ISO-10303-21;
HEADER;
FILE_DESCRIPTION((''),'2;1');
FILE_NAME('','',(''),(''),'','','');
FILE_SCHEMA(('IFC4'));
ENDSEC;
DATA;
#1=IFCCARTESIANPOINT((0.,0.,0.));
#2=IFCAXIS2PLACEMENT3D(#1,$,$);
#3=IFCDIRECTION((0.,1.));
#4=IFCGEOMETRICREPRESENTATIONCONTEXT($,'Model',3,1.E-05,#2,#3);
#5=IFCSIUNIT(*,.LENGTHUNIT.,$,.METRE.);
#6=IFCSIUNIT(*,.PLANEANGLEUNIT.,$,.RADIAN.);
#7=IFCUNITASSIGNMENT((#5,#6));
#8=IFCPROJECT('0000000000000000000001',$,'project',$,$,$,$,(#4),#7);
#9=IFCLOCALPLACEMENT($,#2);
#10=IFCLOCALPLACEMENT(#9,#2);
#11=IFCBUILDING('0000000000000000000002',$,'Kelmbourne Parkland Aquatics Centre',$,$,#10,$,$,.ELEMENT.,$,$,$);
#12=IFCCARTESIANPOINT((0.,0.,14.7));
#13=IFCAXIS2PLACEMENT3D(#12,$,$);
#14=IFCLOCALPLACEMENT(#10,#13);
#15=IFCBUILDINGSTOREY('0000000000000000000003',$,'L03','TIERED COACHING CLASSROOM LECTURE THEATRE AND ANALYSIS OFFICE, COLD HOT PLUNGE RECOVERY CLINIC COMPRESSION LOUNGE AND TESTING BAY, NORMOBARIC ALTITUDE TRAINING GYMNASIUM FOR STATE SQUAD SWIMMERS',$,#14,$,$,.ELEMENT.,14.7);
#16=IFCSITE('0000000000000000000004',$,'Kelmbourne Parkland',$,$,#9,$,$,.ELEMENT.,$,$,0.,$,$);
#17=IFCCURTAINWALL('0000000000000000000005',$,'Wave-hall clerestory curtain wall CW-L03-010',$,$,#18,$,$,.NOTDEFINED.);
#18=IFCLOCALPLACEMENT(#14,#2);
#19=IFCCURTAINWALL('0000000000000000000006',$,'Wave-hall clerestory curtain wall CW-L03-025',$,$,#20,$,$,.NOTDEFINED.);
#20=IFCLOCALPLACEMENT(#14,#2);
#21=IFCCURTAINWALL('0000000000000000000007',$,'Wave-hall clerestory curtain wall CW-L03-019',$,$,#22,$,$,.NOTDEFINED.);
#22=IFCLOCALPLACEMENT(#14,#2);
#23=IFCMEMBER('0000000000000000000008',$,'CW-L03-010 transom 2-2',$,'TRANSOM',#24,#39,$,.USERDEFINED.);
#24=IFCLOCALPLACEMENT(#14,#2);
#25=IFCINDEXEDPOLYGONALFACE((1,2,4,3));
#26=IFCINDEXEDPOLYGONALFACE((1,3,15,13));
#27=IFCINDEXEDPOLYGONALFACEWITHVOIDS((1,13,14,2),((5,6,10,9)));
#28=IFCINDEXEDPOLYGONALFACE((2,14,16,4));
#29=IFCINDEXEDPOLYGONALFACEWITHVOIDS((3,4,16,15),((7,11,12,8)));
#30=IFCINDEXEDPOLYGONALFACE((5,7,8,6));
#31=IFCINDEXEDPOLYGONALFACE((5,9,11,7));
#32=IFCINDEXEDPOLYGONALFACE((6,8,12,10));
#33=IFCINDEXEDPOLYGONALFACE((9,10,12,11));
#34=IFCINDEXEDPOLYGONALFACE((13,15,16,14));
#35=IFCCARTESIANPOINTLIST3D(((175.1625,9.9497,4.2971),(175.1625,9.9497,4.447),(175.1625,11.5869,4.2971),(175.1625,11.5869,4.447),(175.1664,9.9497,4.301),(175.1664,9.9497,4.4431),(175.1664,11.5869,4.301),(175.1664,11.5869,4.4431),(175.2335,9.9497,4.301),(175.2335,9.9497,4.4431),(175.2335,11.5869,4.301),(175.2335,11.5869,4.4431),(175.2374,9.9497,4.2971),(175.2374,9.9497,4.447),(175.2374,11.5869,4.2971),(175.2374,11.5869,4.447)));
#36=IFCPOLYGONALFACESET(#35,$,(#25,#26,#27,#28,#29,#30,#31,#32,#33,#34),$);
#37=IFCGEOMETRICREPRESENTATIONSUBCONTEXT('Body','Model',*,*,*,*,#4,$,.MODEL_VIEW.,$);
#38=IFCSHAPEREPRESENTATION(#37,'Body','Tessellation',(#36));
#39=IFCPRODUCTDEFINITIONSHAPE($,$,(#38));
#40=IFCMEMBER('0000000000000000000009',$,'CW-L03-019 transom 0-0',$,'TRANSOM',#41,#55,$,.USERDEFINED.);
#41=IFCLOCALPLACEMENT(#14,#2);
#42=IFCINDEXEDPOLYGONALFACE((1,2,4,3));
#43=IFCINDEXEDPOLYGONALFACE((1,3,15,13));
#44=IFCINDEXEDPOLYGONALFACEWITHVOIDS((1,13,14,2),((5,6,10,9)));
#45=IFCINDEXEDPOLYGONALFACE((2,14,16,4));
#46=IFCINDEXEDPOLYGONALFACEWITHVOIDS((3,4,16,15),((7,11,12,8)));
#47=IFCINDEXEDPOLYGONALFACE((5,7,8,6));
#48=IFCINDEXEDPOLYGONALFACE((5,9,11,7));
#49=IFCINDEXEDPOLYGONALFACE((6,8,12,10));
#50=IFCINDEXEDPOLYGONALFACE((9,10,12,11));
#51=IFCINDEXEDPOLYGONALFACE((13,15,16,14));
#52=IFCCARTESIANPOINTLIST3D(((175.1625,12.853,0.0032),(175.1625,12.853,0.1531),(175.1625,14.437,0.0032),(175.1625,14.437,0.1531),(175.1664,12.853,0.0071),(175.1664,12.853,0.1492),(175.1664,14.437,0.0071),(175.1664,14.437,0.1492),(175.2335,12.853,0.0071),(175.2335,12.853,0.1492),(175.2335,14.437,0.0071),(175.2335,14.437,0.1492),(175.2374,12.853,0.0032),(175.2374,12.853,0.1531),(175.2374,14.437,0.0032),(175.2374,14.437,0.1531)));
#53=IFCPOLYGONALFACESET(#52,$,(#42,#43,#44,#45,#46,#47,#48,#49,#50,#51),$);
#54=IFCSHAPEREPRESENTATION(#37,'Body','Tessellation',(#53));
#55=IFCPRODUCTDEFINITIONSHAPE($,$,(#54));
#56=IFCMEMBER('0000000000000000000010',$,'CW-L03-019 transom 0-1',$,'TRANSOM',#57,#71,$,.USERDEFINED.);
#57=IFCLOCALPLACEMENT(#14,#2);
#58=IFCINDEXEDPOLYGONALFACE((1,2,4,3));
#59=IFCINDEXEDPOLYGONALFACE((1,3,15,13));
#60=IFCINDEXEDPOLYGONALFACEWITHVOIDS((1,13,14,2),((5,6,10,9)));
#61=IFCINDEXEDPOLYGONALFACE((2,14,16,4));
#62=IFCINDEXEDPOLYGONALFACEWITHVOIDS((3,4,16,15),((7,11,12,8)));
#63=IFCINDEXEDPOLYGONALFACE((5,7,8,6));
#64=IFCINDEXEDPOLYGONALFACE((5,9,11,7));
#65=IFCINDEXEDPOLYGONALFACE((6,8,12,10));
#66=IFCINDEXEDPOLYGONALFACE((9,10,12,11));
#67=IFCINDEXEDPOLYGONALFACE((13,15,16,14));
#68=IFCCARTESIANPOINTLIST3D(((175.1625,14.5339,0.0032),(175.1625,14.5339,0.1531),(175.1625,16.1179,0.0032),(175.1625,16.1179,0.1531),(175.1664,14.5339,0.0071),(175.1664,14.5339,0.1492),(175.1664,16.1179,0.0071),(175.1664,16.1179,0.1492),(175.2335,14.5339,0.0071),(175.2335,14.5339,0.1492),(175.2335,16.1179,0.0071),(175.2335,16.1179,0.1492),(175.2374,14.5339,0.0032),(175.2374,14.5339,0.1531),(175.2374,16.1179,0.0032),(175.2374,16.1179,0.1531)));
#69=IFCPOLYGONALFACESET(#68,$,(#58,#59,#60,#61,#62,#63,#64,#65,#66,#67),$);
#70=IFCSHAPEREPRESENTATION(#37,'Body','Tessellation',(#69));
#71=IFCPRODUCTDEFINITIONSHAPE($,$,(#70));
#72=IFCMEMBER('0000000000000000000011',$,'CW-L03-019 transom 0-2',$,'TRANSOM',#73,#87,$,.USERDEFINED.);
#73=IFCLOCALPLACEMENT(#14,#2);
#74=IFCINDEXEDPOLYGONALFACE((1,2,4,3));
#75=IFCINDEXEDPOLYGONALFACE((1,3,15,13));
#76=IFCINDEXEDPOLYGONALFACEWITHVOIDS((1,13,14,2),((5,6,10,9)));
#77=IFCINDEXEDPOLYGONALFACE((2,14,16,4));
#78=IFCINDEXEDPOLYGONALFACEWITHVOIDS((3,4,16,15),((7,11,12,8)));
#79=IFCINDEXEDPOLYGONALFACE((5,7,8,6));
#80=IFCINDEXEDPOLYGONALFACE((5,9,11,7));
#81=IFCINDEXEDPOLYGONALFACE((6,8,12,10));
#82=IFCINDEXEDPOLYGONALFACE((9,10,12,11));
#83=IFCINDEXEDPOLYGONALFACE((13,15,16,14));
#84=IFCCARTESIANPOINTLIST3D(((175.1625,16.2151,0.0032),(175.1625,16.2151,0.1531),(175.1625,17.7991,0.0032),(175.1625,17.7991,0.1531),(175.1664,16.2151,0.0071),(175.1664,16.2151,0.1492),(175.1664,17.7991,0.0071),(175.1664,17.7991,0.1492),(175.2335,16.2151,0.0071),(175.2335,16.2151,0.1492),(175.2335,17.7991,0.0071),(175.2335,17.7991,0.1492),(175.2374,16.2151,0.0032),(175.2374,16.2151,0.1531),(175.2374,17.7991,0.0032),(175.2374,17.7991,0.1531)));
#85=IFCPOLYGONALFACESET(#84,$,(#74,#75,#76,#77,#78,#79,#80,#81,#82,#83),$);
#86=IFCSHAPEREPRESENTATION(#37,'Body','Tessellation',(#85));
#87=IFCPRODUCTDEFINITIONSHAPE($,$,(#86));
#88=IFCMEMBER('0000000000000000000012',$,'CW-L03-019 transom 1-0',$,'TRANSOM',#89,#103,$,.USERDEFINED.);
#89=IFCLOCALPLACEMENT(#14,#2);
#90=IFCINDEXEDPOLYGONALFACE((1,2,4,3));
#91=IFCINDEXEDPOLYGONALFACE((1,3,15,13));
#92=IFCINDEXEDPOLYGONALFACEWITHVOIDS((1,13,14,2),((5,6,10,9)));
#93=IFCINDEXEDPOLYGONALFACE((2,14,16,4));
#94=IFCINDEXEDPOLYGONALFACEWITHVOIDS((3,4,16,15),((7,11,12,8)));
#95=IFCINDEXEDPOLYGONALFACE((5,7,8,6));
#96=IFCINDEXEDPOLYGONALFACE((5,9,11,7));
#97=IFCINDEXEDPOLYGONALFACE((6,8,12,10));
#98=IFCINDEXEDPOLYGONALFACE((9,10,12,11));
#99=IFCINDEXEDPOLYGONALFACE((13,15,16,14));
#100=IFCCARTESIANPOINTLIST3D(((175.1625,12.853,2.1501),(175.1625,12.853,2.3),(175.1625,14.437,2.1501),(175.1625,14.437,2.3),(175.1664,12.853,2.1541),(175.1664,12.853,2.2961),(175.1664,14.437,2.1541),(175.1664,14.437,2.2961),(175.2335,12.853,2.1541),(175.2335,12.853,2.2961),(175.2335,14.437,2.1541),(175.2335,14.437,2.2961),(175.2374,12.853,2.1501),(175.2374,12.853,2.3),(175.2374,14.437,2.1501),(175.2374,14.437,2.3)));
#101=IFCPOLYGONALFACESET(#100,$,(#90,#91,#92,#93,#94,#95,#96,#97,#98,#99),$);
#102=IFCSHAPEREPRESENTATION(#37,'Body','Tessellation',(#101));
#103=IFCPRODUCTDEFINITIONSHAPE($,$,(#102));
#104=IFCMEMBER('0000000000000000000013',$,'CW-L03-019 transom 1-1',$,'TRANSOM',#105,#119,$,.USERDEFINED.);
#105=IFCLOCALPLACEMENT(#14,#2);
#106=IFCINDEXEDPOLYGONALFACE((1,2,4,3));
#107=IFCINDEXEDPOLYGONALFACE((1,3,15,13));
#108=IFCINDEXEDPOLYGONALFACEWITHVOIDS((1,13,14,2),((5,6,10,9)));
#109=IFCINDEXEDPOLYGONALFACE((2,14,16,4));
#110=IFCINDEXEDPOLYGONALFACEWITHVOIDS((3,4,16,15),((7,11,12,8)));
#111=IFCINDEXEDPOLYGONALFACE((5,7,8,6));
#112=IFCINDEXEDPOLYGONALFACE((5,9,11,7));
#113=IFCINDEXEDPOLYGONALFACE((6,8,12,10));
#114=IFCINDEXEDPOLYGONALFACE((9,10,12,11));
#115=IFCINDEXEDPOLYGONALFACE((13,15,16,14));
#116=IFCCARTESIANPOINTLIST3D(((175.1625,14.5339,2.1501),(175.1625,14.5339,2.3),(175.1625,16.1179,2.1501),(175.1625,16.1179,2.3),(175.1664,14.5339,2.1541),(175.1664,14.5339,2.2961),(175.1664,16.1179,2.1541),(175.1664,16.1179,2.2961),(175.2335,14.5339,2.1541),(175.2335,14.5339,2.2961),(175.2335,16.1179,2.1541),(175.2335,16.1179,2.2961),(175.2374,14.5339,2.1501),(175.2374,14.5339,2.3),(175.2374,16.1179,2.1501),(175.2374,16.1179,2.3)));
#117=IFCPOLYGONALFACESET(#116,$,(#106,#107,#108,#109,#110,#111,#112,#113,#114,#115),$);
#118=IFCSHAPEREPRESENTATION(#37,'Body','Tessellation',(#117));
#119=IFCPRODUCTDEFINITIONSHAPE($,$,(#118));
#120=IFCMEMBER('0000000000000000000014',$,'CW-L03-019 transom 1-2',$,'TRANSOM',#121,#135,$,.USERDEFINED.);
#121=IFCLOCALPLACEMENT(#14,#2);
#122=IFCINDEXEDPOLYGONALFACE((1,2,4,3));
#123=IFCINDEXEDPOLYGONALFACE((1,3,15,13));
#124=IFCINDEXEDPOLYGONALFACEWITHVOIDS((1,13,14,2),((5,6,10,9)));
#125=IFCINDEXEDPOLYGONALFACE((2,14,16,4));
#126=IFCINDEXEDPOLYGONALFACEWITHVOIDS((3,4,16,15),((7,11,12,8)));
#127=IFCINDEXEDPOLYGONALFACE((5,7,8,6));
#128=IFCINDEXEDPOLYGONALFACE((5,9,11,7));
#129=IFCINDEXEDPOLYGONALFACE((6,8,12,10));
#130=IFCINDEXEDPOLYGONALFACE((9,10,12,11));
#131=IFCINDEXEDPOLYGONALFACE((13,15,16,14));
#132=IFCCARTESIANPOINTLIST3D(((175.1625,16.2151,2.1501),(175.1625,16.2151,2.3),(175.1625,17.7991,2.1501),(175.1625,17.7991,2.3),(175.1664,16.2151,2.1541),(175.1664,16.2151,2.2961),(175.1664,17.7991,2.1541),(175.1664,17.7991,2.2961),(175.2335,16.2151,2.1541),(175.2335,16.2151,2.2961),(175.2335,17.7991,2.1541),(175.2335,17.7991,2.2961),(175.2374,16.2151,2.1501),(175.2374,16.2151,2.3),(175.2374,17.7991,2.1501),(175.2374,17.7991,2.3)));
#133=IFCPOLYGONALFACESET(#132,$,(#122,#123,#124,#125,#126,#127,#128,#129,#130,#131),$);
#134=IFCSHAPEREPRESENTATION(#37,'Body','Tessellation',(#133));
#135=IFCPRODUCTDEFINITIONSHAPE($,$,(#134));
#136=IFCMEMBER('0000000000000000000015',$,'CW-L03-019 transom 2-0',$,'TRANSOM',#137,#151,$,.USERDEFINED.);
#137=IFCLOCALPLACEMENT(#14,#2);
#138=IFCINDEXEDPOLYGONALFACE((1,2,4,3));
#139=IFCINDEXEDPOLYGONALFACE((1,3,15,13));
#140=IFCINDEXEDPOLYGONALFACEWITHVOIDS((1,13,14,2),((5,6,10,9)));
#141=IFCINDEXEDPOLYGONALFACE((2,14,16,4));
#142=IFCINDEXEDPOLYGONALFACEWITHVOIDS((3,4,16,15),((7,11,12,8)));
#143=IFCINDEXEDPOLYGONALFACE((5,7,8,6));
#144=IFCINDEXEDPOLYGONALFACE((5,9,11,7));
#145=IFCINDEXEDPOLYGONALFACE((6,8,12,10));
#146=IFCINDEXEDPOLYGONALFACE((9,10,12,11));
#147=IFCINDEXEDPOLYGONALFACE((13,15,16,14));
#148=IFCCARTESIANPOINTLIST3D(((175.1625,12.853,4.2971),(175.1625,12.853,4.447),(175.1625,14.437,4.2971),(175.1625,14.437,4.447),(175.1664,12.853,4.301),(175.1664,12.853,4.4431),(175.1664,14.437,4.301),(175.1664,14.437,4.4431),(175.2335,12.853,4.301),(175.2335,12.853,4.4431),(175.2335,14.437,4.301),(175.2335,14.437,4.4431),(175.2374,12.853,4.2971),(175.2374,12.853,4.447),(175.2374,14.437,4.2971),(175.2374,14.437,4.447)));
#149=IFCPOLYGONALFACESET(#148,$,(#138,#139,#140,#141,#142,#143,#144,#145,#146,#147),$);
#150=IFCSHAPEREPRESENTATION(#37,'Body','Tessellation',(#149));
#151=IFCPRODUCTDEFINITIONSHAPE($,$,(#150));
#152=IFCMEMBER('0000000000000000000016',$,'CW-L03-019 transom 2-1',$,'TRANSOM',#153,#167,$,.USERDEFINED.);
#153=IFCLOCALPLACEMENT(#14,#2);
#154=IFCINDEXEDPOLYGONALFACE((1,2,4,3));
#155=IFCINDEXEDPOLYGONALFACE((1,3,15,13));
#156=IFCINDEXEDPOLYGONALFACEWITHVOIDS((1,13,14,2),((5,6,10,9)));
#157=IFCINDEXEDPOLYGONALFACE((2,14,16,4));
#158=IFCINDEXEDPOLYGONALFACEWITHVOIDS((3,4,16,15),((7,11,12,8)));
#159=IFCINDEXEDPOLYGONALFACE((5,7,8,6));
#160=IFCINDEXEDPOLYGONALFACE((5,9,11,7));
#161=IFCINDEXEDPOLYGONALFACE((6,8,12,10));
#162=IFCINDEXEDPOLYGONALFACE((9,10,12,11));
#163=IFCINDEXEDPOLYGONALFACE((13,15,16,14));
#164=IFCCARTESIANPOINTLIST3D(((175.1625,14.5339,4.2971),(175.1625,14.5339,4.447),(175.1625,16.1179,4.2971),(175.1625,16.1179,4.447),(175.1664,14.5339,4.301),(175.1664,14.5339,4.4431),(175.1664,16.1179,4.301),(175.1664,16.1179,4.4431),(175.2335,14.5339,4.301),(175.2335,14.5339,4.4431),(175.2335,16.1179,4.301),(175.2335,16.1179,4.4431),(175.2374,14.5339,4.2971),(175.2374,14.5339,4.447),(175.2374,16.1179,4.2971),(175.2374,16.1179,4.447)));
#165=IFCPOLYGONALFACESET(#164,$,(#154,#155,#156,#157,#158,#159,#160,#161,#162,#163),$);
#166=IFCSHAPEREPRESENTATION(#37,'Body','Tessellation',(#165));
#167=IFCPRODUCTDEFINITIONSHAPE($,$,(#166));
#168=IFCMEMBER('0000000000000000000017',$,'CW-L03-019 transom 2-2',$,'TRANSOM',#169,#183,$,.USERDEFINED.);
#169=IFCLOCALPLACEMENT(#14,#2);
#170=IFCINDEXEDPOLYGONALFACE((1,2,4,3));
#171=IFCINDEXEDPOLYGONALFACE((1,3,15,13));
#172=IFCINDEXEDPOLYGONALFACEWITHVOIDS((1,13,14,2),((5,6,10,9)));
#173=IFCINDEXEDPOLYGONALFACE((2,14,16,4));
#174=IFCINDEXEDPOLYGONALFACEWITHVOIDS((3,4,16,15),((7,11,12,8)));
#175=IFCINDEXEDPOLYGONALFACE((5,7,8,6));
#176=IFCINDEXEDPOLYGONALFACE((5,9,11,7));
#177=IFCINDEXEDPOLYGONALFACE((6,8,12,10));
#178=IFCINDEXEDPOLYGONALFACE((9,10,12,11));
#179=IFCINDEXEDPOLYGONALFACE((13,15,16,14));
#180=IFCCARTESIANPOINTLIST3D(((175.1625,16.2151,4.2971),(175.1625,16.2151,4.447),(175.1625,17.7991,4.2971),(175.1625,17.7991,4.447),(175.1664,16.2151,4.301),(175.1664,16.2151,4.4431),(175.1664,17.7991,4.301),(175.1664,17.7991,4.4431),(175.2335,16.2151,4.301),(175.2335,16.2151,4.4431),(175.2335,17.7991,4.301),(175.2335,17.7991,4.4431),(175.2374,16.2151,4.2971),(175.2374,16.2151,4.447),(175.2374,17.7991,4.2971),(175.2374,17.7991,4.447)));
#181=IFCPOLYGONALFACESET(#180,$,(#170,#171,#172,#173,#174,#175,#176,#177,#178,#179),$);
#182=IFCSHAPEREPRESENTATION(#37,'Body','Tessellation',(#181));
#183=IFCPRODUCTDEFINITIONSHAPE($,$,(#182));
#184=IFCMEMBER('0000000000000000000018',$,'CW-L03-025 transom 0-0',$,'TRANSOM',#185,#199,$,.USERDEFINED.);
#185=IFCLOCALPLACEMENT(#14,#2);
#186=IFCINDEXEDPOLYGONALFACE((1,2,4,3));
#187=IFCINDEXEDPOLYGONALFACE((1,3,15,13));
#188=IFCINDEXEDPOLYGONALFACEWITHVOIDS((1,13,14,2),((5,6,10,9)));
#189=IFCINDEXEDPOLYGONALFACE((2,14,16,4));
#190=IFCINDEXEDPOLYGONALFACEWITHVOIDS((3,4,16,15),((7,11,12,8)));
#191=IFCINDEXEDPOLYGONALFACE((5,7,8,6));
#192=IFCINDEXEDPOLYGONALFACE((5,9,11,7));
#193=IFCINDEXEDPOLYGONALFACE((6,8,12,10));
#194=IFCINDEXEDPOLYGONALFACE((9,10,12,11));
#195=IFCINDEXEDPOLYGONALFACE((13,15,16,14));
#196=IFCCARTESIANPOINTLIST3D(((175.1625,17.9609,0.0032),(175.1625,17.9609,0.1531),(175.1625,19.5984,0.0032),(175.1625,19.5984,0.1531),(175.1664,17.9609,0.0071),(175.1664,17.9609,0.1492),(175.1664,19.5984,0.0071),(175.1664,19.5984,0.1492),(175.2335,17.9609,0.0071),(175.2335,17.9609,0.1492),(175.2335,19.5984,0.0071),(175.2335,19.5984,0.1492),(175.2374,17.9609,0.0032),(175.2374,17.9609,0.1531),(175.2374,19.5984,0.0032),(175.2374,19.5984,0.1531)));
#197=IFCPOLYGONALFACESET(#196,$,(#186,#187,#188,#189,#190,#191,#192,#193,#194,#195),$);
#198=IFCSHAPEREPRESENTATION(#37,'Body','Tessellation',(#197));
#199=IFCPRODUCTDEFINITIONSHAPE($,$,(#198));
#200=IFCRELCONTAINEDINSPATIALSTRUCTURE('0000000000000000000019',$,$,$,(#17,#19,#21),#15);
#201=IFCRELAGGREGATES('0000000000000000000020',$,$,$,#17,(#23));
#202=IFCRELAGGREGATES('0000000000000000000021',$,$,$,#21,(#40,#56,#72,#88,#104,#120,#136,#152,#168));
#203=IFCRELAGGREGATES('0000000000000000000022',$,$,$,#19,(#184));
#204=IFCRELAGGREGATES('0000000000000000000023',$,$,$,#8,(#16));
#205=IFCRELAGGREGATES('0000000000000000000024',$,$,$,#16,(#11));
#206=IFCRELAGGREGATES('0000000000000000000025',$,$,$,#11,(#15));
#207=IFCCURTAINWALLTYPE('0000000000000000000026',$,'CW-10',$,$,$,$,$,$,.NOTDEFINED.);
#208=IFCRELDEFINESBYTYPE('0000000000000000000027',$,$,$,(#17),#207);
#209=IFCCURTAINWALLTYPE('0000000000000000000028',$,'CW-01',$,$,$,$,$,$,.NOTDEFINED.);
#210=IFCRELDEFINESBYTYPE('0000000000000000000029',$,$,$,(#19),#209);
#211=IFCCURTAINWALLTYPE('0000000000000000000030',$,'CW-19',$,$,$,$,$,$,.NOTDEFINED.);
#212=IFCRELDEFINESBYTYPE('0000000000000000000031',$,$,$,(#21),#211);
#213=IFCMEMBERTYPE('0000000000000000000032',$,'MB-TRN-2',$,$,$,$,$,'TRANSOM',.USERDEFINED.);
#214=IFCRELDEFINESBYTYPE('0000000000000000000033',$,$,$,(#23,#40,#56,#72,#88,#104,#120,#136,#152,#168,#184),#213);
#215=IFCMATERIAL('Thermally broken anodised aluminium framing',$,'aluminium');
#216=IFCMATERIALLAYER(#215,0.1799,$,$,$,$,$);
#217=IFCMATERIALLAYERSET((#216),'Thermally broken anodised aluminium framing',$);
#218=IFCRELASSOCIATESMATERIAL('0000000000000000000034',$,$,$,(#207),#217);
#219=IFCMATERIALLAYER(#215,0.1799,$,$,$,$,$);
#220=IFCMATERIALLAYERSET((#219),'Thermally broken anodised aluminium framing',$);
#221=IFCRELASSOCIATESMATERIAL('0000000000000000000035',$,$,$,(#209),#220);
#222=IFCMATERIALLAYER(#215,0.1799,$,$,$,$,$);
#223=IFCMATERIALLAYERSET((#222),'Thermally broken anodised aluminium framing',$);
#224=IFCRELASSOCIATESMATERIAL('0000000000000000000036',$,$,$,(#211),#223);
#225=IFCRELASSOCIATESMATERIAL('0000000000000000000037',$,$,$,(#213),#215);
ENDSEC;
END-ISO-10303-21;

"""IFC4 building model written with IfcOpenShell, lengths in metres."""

from ifc_helpers import new_model, si_unit, direction, frame, origin, origin_2d, place, context, subcontext, project, spatial, hollow_rectangle, extrude, material, layer, layer_set, material_profile, profile_set, type_object, element, aggregate, save


model = new_model("IFC4")

# Units and contexts
model_context = context("Model", 3, precision=1e-05, world=origin(), true_north=direction((0.0, 1.0)))
body_context = subcontext(model_context, "Body", "Model", "MODEL_VIEW")
ifc_project = project(units=[si_unit("LENGTHUNIT", "METRE"), si_unit("PLANEANGLEUNIT", "RADIAN")], contexts=[model_context])

# Site, building, storey
site_placement = place(None, origin())
site = spatial("IfcSite", under=ifc_project, at=site_placement, Name="Kelmbourne Parkland", CompositionType="ELEMENT", RefElevation=0.0)
building_placement = place(site_placement, origin())
building = spatial("IfcBuilding", under=site, at=building_placement, Name="Kelmbourne Parkland Aquatics Centre", CompositionType="ELEMENT")
storey_placement = place(building_placement, frame((0.0, 0.0, 14.7)))
storey = spatial("IfcBuildingStorey", under=building, at=storey_placement, Name="L03", Description="TIERED COACHING CLASSROOM LECTURE THEATRE AND ANALYSIS OFFICE, COLD HOT PLUNGE RECOVERY CLINIC COMPRESSION LOUNGE AND TESTING BAY, NORMOBARIC ALTITUDE TRAINING GYMNASIUM FOR STATE SQUAD SWIMMERS", CompositionType="ELEMENT", Elevation=14.7)

# Curtain walls
ifc_material_1 = material(Name="Thermally broken anodised aluminium framing", Category="aluminium")
ifc_layer_1 = layer(ifc_material_1, 0.1799)
ifc_layer_set_1 = layer_set([ifc_layer_1], Name="Thermally broken anodised aluminium framing")
curtain_wall_type_1 = type_object("IfcCurtainWallType", Name="CW-10", PredefinedType="NOTDEFINED", material=ifc_layer_set_1)
curtain_wall_1_placement = place(storey_placement, origin())
curtain_wall_1 = element("IfcCurtainWall", 1, at=curtain_wall_1_placement, inside=storey, type_object=curtain_wall_type_1, Name="Wave-hall clerestory curtain wall CW-L03-010", PredefinedType="NOTDEFINED")
ifc_layer_2 = layer(ifc_material_1, 0.1799)
ifc_layer_set_2 = layer_set([ifc_layer_2], Name="Thermally broken anodised aluminium framing")
curtain_wall_type_2 = type_object("IfcCurtainWallType", Name="CW-01", PredefinedType="NOTDEFINED", material=ifc_layer_set_2)
curtain_wall_2_placement = place(storey_placement, origin())
curtain_wall_2 = element("IfcCurtainWall", 2, at=curtain_wall_2_placement, inside=storey, type_object=curtain_wall_type_2, Name="Wave-hall clerestory curtain wall CW-L03-025", PredefinedType="NOTDEFINED")
ifc_layer_3 = layer(ifc_material_1, 0.1799)
ifc_layer_set_3 = layer_set([ifc_layer_3], Name="Thermally broken anodised aluminium framing")
curtain_wall_type_3 = type_object("IfcCurtainWallType", Name="CW-19", PredefinedType="NOTDEFINED", material=ifc_layer_set_3)
curtain_wall_3_placement = place(storey_placement, origin())
curtain_wall_3 = element("IfcCurtainWall", 3, at=curtain_wall_3_placement, inside=storey, type_object=curtain_wall_type_3, Name="Wave-hall clerestory curtain wall CW-L03-019", PredefinedType="NOTDEFINED")

# Members
ifc_material_profile_1 = material_profile(ifc_material_1, hollow_rectangle(XDim=0.075, YDim=0.1499, WallThickness=0.0039, at=origin_2d()), Name="CW-T 75x150")
ifc_profile_set_1 = profile_set([ifc_material_profile_1], Name="Thermally broken anodised aluminium framing")
member_type_1 = type_object("IfcMemberType", Name="MB-TRN-2", ElementType="TRANSOM", PredefinedType="USERDEFINED", material=ifc_profile_set_1)
member_1_placement = place(storey_placement, frame((175.2, 9.9497, 4.3721), z_axis=(0.0, 1.0, 0.0), x_axis=(-1.0, 0.0, 0.0)))
member_1 = element("IfcMember", 4, at=member_1_placement, type_object=member_type_1, Name="CW-L03-010 transom 2-2", ObjectType="TRANSOM", PredefinedType="USERDEFINED", context=body_context, shape_type="SweptSolid", body=[
    extrude(hollow_rectangle(XDim=0.075, YDim=0.1499, WallThickness=0.0039, at=origin_2d()), origin(), (0.0, 0.0, 1.0), 1.6372),
])
member_2_placement = place(storey_placement, frame((175.2, 12.853, 0.0781), z_axis=(0.0, 1.0, 0.0), x_axis=(-1.0, 0.0, 0.0)))
member_2 = element("IfcMember", 5, at=member_2_placement, type_object=member_type_1, Name="CW-L03-019 transom 0-0", ObjectType="TRANSOM", PredefinedType="USERDEFINED", context=body_context, shape_type="SweptSolid", body=[
    extrude(hollow_rectangle(XDim=0.075, YDim=0.1499, WallThickness=0.0039, at=origin_2d()), origin(), (0.0, 0.0, 1.0), 1.584),
])
member_3_placement = place(storey_placement, frame((175.2, 14.5339, 0.0781), z_axis=(0.0, 1.0, 0.0), x_axis=(-1.0, 0.0, 0.0)))
member_3 = element("IfcMember", 6, at=member_3_placement, type_object=member_type_1, Name="CW-L03-019 transom 0-1", ObjectType="TRANSOM", PredefinedType="USERDEFINED", context=body_context, shape_type="SweptSolid", body=[
    extrude(hollow_rectangle(XDim=0.075, YDim=0.1499, WallThickness=0.0039, at=origin_2d()), origin(), (0.0, 0.0, 1.0), 1.584),
])
member_4_placement = place(storey_placement, frame((175.2, 16.2151, 0.0781), z_axis=(0.0, 1.0, 0.0), x_axis=(-1.0, 0.0, 0.0)))
member_4 = element("IfcMember", 7, at=member_4_placement, type_object=member_type_1, Name="CW-L03-019 transom 0-2", ObjectType="TRANSOM", PredefinedType="USERDEFINED", context=body_context, shape_type="SweptSolid", body=[
    extrude(hollow_rectangle(XDim=0.075, YDim=0.1499, WallThickness=0.0039, at=origin_2d()), origin(), (0.0, 0.0, 1.0), 1.584),
])
member_5_placement = place(storey_placement, frame((175.2, 12.853, 2.2251), z_axis=(0.0, 1.0, 0.0), x_axis=(-1.0, 0.0, 0.0)))
member_5 = element("IfcMember", 8, at=member_5_placement, type_object=member_type_1, Name="CW-L03-019 transom 1-0", ObjectType="TRANSOM", PredefinedType="USERDEFINED", context=body_context, shape_type="SweptSolid", body=[
    extrude(hollow_rectangle(XDim=0.075, YDim=0.1499, WallThickness=0.0039, at=origin_2d()), origin(), (0.0, 0.0, 1.0), 1.584),
])
member_6_placement = place(storey_placement, frame((175.2, 14.5339, 2.2251), z_axis=(0.0, 1.0, 0.0), x_axis=(-1.0, 0.0, 0.0)))
member_6 = element("IfcMember", 9, at=member_6_placement, type_object=member_type_1, Name="CW-L03-019 transom 1-1", ObjectType="TRANSOM", PredefinedType="USERDEFINED", context=body_context, shape_type="SweptSolid", body=[
    extrude(hollow_rectangle(XDim=0.075, YDim=0.1499, WallThickness=0.0039, at=origin_2d()), origin(), (0.0, 0.0, 1.0), 1.584),
])
member_7_placement = place(storey_placement, frame((175.2, 16.2151, 2.2251), z_axis=(0.0, 1.0, 0.0), x_axis=(-1.0, 0.0, 0.0)))
member_7 = element("IfcMember", 10, at=member_7_placement, type_object=member_type_1, Name="CW-L03-019 transom 1-2", ObjectType="TRANSOM", PredefinedType="USERDEFINED", context=body_context, shape_type="SweptSolid", body=[
    extrude(hollow_rectangle(XDim=0.075, YDim=0.1499, WallThickness=0.0039, at=origin_2d()), origin(), (0.0, 0.0, 1.0), 1.584),
])
member_8_placement = place(storey_placement, frame((175.2, 12.853, 4.3721), z_axis=(0.0, 1.0, 0.0), x_axis=(-1.0, 0.0, 0.0)))
member_8 = element("IfcMember", 11, at=member_8_placement, type_object=member_type_1, Name="CW-L03-019 transom 2-0", ObjectType="TRANSOM", PredefinedType="USERDEFINED", context=body_context, shape_type="SweptSolid", body=[
    extrude(hollow_rectangle(XDim=0.075, YDim=0.1499, WallThickness=0.0039, at=origin_2d()), origin(), (0.0, 0.0, 1.0), 1.584),
])
member_9_placement = place(storey_placement, frame((175.2, 14.5339, 4.3721), z_axis=(0.0, 1.0, 0.0), x_axis=(-1.0, 0.0, 0.0)))
member_9 = element("IfcMember", 12, at=member_9_placement, type_object=member_type_1, Name="CW-L03-019 transom 2-1", ObjectType="TRANSOM", PredefinedType="USERDEFINED", context=body_context, shape_type="SweptSolid", body=[
    extrude(hollow_rectangle(XDim=0.075, YDim=0.1499, WallThickness=0.0039, at=origin_2d()), origin(), (0.0, 0.0, 1.0), 1.584),
])
member_10_placement = place(storey_placement, frame((175.2, 16.2151, 4.3721), z_axis=(0.0, 1.0, 0.0), x_axis=(-1.0, 0.0, 0.0)))
member_10 = element("IfcMember", 13, at=member_10_placement, type_object=member_type_1, Name="CW-L03-019 transom 2-2", ObjectType="TRANSOM", PredefinedType="USERDEFINED", context=body_context, shape_type="SweptSolid", body=[
    extrude(hollow_rectangle(XDim=0.075, YDim=0.1499, WallThickness=0.0039, at=origin_2d()), origin(), (0.0, 0.0, 1.0), 1.584),
])
member_11_placement = place(storey_placement, frame((175.2, 17.9609, 0.0781), z_axis=(0.0, 1.0, 0.0), x_axis=(-1.0, 0.0, 0.0)))
member_11 = element("IfcMember", 14, at=member_11_placement, type_object=member_type_1, Name="CW-L03-025 transom 0-0", ObjectType="TRANSOM", PredefinedType="USERDEFINED", context=body_context, shape_type="SweptSolid", body=[
    extrude(hollow_rectangle(XDim=0.075, YDim=0.1499, WallThickness=0.0039, at=origin_2d()), origin(), (0.0, 0.0, 1.0), 1.6375),
])

aggregate(curtain_wall_1, [member_1])
aggregate(curtain_wall_3, [member_2, member_3, member_4, member_5, member_6, member_7, member_8, member_9, member_10])
aggregate(curtain_wall_2, [member_11])

save(model, "model.ifc")
